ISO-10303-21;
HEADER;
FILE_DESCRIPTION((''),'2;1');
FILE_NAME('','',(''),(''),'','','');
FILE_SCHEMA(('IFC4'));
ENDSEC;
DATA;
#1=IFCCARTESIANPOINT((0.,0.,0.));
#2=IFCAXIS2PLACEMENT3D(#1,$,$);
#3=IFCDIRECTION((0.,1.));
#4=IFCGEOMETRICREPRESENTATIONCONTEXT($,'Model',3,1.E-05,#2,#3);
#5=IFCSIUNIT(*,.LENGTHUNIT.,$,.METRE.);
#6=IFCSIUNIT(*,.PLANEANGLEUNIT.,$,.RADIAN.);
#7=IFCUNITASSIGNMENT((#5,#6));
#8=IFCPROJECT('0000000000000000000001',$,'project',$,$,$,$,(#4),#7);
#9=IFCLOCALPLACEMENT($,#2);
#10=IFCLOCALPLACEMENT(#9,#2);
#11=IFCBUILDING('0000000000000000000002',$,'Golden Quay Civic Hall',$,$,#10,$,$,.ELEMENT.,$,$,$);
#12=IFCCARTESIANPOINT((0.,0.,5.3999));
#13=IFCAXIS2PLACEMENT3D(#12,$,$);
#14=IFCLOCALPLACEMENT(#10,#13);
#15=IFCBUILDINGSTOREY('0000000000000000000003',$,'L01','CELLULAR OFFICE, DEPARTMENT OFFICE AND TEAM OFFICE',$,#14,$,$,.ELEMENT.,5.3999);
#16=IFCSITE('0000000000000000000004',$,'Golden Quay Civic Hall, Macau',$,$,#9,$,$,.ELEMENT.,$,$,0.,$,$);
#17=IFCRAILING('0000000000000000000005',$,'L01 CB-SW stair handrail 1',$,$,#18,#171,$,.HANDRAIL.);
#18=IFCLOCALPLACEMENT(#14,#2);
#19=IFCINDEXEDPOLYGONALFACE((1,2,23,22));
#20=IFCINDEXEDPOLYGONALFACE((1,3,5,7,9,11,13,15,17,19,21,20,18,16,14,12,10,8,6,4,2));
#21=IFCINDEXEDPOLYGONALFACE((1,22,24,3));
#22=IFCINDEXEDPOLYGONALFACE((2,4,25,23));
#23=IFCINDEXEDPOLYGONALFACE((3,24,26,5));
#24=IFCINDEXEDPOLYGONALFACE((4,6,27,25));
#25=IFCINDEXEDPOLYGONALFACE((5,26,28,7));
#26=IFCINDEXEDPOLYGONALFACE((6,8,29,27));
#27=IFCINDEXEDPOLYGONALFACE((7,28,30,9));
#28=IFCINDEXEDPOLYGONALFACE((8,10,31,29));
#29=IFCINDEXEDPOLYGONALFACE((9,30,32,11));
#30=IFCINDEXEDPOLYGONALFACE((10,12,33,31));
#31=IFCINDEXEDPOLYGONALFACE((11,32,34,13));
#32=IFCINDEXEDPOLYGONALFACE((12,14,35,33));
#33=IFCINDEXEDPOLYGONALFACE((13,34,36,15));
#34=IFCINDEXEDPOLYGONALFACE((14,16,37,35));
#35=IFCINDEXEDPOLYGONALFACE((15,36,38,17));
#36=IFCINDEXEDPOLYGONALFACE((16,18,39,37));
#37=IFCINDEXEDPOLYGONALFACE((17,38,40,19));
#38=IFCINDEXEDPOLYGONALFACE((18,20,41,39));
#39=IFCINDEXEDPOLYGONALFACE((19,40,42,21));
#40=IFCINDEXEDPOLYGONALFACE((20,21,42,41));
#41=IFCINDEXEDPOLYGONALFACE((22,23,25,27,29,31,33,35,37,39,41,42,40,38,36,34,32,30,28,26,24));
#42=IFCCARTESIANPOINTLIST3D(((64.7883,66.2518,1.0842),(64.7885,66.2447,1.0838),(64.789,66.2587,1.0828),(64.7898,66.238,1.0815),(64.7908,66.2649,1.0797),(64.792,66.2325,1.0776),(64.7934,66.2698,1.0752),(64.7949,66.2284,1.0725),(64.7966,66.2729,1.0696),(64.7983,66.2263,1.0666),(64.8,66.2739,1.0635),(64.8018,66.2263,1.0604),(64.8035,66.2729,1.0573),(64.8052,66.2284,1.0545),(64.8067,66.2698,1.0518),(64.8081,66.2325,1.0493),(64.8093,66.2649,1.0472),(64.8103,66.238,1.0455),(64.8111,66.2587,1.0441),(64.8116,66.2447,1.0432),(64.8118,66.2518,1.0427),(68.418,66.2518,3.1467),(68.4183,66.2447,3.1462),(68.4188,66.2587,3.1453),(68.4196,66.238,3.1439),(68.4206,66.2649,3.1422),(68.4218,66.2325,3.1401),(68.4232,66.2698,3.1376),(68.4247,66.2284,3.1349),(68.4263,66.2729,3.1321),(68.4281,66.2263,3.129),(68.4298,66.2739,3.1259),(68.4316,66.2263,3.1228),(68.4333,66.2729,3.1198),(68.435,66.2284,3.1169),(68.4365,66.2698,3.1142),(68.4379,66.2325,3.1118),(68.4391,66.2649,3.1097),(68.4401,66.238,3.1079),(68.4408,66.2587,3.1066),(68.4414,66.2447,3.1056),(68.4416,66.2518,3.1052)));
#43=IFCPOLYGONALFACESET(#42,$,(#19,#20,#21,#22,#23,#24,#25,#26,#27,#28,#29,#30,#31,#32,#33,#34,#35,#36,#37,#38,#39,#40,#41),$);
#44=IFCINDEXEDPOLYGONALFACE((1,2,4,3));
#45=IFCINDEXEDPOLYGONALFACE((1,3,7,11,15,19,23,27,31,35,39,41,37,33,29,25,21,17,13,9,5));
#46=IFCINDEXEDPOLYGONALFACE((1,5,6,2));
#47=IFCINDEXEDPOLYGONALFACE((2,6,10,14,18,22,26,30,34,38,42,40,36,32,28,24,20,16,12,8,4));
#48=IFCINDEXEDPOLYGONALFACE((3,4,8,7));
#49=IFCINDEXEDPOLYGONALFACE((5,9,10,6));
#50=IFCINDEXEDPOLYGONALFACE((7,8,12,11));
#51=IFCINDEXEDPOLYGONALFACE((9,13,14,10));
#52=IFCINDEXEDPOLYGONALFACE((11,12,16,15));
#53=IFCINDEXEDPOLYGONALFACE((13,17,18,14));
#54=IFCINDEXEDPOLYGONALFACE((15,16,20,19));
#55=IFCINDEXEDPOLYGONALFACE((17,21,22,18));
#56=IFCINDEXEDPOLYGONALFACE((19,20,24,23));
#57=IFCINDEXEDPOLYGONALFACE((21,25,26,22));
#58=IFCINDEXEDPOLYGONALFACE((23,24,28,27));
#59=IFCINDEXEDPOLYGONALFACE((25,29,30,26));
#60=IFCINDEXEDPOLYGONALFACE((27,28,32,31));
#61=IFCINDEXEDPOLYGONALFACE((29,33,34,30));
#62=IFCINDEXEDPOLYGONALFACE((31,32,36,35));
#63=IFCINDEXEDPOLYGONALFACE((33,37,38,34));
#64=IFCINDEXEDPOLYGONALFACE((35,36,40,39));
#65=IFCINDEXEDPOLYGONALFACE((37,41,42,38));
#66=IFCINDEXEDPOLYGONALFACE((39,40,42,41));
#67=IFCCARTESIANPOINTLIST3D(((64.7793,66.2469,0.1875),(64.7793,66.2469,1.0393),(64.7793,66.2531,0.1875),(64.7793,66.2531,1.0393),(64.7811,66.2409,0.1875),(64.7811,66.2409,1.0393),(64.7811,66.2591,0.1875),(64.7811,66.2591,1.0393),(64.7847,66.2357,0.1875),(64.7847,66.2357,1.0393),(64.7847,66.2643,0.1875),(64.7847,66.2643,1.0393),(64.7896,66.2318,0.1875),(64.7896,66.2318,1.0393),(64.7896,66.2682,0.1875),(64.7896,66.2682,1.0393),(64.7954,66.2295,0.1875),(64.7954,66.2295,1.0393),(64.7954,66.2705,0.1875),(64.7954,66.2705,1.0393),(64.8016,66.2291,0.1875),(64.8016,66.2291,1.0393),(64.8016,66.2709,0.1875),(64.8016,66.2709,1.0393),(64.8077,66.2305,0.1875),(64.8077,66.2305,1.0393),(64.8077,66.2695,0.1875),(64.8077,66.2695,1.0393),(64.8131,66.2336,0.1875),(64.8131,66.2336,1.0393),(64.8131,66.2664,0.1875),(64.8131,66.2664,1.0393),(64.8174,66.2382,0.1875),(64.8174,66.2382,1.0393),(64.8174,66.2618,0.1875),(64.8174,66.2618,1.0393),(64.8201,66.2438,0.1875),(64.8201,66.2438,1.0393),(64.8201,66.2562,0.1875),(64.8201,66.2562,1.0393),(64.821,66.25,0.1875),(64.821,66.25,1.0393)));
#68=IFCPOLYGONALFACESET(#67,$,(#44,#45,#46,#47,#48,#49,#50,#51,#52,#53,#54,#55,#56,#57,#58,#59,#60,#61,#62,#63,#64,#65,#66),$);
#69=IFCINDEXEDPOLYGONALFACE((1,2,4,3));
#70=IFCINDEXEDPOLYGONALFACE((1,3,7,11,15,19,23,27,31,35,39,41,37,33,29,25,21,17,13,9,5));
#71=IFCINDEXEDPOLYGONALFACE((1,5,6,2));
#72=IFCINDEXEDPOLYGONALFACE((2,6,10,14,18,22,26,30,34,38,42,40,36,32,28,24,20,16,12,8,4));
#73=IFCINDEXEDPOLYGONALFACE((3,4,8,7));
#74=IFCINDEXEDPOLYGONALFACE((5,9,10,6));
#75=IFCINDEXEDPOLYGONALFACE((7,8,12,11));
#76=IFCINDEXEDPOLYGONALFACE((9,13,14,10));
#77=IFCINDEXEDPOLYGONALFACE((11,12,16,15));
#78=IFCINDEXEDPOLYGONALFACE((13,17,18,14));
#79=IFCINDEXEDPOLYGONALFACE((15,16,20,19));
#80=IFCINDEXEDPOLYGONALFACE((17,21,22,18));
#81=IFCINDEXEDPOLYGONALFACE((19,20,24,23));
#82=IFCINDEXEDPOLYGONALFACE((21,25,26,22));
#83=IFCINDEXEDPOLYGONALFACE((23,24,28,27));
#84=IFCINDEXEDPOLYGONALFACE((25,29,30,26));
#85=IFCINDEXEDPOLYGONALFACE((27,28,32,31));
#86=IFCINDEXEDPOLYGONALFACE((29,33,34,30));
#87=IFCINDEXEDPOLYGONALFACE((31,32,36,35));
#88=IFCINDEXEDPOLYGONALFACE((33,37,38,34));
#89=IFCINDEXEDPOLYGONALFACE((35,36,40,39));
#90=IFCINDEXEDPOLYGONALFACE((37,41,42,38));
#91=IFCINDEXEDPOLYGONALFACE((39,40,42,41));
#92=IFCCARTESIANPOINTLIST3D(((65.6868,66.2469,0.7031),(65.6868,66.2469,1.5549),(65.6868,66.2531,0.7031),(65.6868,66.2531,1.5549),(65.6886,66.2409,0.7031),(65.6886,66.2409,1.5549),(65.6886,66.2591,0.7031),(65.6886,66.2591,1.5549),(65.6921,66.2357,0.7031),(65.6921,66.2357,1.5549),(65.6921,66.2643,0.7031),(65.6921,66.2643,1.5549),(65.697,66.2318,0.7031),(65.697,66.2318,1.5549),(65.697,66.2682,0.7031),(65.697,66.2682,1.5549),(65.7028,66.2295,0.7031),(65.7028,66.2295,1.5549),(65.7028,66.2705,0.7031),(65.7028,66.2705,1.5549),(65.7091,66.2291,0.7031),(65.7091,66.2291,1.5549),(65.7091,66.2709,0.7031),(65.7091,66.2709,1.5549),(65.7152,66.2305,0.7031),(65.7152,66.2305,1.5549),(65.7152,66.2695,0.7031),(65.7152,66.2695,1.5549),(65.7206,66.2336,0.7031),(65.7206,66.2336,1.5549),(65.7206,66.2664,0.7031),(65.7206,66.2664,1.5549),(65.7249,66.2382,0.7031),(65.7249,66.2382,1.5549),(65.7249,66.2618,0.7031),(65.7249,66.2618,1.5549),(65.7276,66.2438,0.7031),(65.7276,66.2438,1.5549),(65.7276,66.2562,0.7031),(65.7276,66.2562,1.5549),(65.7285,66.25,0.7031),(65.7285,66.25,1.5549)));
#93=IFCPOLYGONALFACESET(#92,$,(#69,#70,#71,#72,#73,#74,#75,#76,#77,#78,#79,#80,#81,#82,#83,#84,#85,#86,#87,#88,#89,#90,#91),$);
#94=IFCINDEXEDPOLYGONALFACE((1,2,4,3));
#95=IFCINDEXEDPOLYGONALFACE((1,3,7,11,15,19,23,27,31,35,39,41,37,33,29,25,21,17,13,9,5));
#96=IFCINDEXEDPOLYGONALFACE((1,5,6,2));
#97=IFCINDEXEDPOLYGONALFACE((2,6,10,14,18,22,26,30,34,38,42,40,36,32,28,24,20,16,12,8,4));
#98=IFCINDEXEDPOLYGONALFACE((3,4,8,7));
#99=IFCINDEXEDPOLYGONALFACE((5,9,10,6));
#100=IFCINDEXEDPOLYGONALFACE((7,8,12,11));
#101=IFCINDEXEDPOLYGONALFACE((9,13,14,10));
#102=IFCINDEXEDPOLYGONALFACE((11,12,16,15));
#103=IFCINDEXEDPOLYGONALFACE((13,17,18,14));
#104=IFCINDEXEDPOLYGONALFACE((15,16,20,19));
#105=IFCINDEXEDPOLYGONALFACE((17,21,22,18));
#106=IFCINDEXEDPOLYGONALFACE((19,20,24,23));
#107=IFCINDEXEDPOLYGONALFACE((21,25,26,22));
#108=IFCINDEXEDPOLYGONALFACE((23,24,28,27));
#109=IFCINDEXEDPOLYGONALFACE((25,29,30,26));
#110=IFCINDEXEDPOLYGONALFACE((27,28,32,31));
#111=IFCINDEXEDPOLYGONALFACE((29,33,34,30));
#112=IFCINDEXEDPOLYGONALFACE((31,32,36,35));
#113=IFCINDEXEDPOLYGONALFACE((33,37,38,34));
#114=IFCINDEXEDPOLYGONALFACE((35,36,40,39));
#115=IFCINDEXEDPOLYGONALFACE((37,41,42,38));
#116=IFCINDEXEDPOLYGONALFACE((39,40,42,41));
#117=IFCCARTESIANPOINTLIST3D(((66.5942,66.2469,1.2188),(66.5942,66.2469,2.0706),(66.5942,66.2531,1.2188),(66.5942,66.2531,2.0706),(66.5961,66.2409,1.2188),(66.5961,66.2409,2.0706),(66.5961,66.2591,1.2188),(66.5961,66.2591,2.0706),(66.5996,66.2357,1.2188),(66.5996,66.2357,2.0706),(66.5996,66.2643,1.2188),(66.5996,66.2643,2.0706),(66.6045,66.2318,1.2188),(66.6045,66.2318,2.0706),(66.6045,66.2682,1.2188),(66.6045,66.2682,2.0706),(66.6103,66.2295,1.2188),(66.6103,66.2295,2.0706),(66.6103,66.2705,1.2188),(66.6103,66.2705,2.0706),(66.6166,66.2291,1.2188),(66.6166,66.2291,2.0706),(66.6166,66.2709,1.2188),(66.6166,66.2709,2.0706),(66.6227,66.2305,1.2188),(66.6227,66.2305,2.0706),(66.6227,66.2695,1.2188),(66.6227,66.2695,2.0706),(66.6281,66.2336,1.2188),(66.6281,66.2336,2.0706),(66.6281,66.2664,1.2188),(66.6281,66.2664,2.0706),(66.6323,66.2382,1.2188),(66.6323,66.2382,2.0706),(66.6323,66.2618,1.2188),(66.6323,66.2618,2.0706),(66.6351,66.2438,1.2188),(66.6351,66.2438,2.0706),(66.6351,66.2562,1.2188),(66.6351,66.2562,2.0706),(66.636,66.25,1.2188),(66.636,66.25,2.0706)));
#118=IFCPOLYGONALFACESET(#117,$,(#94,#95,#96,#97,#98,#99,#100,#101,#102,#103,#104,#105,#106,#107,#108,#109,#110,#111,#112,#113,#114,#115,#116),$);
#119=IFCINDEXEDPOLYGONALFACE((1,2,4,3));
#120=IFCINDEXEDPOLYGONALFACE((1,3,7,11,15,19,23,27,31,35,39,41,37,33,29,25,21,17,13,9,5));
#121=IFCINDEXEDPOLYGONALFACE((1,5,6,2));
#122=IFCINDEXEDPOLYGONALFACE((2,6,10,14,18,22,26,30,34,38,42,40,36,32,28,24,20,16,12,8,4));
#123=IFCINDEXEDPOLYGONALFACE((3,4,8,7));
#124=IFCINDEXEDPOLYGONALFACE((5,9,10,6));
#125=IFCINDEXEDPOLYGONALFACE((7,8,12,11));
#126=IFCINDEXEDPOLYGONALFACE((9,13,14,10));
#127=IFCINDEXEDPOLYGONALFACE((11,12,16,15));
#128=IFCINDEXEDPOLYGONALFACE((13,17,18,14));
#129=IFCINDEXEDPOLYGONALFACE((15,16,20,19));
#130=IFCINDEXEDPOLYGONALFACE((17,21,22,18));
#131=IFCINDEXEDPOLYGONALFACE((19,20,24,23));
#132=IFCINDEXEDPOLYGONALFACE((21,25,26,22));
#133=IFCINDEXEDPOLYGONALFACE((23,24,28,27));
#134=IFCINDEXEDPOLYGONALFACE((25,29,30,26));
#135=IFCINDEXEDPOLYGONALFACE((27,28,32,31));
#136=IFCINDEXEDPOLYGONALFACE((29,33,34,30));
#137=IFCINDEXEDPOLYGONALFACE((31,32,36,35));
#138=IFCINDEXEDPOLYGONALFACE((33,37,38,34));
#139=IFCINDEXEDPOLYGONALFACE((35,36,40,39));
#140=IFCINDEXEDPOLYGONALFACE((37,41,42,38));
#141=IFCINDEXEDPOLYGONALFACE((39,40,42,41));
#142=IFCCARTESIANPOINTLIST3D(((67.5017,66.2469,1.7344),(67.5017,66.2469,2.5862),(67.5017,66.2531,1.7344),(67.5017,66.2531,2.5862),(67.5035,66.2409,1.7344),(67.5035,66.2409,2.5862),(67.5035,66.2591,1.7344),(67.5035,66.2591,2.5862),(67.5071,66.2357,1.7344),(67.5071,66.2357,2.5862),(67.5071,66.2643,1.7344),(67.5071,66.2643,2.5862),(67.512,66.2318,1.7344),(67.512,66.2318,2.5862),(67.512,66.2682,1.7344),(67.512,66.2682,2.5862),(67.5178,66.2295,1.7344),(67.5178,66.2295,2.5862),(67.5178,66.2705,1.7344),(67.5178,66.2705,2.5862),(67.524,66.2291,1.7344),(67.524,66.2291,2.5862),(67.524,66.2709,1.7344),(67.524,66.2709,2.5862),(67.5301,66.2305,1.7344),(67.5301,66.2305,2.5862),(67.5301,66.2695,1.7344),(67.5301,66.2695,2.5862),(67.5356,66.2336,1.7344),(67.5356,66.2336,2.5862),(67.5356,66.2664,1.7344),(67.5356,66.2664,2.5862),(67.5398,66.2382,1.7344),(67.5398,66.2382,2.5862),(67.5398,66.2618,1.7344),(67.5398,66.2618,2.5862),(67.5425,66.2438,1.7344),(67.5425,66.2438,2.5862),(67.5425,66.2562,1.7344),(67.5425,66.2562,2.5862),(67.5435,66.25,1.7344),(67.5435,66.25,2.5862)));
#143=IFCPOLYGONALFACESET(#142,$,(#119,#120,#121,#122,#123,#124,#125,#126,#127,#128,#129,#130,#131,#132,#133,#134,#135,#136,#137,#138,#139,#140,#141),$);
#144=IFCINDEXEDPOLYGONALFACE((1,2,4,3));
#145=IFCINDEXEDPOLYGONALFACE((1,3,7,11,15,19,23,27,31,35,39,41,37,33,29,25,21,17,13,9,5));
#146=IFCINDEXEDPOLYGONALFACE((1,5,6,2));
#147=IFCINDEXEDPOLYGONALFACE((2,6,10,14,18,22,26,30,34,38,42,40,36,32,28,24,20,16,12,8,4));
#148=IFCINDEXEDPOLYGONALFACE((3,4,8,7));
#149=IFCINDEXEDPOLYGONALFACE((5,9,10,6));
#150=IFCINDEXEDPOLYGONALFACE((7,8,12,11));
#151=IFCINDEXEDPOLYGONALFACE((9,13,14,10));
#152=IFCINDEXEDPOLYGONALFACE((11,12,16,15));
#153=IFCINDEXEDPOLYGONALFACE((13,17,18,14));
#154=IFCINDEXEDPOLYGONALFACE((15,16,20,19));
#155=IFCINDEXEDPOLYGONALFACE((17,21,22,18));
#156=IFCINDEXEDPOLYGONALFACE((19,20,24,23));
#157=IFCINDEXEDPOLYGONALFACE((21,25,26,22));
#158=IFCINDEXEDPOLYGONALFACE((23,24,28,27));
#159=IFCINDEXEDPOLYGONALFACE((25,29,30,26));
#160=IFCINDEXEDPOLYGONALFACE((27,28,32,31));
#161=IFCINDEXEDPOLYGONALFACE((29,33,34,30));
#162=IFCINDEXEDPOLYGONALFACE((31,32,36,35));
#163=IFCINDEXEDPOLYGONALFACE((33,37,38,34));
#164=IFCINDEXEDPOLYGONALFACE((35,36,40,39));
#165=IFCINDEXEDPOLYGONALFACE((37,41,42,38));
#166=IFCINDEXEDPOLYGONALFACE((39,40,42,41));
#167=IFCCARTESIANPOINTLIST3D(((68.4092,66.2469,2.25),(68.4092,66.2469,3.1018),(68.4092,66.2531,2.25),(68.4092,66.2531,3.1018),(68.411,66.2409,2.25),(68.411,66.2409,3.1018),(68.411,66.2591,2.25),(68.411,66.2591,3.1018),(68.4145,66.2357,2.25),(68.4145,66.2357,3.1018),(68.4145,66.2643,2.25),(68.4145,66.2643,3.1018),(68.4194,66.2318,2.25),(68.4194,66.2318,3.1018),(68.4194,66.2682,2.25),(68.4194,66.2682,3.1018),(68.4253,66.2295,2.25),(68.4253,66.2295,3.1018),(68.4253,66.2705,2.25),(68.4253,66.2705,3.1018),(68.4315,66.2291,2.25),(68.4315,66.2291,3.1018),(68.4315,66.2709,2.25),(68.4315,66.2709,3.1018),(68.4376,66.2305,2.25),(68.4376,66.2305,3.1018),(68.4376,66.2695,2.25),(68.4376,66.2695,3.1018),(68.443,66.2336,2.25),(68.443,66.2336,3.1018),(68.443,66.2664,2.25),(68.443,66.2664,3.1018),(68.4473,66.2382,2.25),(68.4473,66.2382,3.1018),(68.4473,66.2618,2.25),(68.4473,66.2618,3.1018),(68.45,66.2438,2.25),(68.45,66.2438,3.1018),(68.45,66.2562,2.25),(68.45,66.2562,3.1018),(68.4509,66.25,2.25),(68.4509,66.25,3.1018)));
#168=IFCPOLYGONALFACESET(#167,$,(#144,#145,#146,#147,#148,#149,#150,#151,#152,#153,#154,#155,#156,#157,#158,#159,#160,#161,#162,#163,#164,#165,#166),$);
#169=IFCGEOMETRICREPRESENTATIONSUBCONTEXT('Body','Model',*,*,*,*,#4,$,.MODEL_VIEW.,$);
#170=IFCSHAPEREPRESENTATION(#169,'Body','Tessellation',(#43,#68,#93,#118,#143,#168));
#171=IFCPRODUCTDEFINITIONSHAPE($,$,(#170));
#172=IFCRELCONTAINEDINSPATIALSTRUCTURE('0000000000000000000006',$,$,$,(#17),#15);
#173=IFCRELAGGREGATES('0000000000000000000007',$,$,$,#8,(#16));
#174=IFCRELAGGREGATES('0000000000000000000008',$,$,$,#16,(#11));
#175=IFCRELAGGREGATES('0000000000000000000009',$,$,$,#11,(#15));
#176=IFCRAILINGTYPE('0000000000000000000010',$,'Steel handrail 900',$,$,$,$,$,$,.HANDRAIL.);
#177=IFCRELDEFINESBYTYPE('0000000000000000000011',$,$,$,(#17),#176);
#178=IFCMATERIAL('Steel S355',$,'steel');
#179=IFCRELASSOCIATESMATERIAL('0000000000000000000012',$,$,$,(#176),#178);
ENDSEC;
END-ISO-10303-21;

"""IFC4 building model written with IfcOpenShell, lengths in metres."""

from ifc_helpers import new_model, si_unit, direction, frame, origin, origin_2d, place, context, subcontext, project, spatial, circle, extrude, material, type_object, element, save


model = new_model("IFC4")

# Units and contexts
model_context = context("Model", 3, precision=1e-05, world=origin(), true_north=direction((0.0, 1.0)))
body_context = subcontext(model_context, "Body", "Model", "MODEL_VIEW")
ifc_project = project(units=[si_unit("LENGTHUNIT", "METRE"), si_unit("PLANEANGLEUNIT", "RADIAN")], contexts=[model_context])

# Site, building, storey
site_placement = place(None, origin())
site = spatial("IfcSite", under=ifc_project, at=site_placement, Name="Golden Quay Civic Hall, Macau", CompositionType="ELEMENT", RefElevation=0.0)
building_placement = place(site_placement, origin())
building = spatial("IfcBuilding", under=site, at=building_placement, Name="Golden Quay Civic Hall", CompositionType="ELEMENT")
storey_placement = place(building_placement, frame((0.0, 0.0, 5.3999)))
storey = spatial("IfcBuildingStorey", under=building, at=storey_placement, Name="L01", Description="CELLULAR OFFICE, DEPARTMENT OFFICE AND TEAM OFFICE", CompositionType="ELEMENT", Elevation=5.3999)

# Railing
ifc_material_1 = material(Name="Steel S355", Category="steel")
railing_type_1 = type_object("IfcRailingType", Name="Steel handrail 900", PredefinedType="HANDRAIL", material=ifc_material_1)
railing_1_placement = place(storey_placement, frame((64.8, 66.25, 0.1875)))
element("IfcRailing", 1, at=railing_1_placement, inside=storey, type_object=railing_type_1, Name="L01 CB-SW stair handrail 1", PredefinedType="HANDRAIL", context=body_context, shape_type="SweptSolid", body=[
    extrude(circle(Radius=0.0239, at=origin_2d()), frame((0.0, 0.0, 0.876), z_axis=(0.86945, 0.0, 0.494021), x_axis=(0.0, 1.0, 0.0)), (0.0, 0.0, 1.0), 4.1748),
    extrude(circle(Radius=0.021, at=origin_2d()), origin(), (0.0, 0.0, 1.0), 0.8518),
    extrude(circle(Radius=0.021, at=origin_2d()), frame((0.9075, 0.0, 0.5156)), (0.0, 0.0, 1.0), 0.8518),
    extrude(circle(Radius=0.021, at=origin_2d()), frame((1.8149, 0.0, 1.0312)), (0.0, 0.0, 1.0), 0.8518),
    extrude(circle(Radius=0.021, at=origin_2d()), frame((2.7224, 0.0, 1.5469)), (0.0, 0.0, 1.0), 0.8518),
    extrude(circle(Radius=0.021, at=origin_2d()), frame((3.6299, 0.0, 2.0625)), (0.0, 0.0, 1.0), 0.8518),
])

save(model, "model.ifc")
